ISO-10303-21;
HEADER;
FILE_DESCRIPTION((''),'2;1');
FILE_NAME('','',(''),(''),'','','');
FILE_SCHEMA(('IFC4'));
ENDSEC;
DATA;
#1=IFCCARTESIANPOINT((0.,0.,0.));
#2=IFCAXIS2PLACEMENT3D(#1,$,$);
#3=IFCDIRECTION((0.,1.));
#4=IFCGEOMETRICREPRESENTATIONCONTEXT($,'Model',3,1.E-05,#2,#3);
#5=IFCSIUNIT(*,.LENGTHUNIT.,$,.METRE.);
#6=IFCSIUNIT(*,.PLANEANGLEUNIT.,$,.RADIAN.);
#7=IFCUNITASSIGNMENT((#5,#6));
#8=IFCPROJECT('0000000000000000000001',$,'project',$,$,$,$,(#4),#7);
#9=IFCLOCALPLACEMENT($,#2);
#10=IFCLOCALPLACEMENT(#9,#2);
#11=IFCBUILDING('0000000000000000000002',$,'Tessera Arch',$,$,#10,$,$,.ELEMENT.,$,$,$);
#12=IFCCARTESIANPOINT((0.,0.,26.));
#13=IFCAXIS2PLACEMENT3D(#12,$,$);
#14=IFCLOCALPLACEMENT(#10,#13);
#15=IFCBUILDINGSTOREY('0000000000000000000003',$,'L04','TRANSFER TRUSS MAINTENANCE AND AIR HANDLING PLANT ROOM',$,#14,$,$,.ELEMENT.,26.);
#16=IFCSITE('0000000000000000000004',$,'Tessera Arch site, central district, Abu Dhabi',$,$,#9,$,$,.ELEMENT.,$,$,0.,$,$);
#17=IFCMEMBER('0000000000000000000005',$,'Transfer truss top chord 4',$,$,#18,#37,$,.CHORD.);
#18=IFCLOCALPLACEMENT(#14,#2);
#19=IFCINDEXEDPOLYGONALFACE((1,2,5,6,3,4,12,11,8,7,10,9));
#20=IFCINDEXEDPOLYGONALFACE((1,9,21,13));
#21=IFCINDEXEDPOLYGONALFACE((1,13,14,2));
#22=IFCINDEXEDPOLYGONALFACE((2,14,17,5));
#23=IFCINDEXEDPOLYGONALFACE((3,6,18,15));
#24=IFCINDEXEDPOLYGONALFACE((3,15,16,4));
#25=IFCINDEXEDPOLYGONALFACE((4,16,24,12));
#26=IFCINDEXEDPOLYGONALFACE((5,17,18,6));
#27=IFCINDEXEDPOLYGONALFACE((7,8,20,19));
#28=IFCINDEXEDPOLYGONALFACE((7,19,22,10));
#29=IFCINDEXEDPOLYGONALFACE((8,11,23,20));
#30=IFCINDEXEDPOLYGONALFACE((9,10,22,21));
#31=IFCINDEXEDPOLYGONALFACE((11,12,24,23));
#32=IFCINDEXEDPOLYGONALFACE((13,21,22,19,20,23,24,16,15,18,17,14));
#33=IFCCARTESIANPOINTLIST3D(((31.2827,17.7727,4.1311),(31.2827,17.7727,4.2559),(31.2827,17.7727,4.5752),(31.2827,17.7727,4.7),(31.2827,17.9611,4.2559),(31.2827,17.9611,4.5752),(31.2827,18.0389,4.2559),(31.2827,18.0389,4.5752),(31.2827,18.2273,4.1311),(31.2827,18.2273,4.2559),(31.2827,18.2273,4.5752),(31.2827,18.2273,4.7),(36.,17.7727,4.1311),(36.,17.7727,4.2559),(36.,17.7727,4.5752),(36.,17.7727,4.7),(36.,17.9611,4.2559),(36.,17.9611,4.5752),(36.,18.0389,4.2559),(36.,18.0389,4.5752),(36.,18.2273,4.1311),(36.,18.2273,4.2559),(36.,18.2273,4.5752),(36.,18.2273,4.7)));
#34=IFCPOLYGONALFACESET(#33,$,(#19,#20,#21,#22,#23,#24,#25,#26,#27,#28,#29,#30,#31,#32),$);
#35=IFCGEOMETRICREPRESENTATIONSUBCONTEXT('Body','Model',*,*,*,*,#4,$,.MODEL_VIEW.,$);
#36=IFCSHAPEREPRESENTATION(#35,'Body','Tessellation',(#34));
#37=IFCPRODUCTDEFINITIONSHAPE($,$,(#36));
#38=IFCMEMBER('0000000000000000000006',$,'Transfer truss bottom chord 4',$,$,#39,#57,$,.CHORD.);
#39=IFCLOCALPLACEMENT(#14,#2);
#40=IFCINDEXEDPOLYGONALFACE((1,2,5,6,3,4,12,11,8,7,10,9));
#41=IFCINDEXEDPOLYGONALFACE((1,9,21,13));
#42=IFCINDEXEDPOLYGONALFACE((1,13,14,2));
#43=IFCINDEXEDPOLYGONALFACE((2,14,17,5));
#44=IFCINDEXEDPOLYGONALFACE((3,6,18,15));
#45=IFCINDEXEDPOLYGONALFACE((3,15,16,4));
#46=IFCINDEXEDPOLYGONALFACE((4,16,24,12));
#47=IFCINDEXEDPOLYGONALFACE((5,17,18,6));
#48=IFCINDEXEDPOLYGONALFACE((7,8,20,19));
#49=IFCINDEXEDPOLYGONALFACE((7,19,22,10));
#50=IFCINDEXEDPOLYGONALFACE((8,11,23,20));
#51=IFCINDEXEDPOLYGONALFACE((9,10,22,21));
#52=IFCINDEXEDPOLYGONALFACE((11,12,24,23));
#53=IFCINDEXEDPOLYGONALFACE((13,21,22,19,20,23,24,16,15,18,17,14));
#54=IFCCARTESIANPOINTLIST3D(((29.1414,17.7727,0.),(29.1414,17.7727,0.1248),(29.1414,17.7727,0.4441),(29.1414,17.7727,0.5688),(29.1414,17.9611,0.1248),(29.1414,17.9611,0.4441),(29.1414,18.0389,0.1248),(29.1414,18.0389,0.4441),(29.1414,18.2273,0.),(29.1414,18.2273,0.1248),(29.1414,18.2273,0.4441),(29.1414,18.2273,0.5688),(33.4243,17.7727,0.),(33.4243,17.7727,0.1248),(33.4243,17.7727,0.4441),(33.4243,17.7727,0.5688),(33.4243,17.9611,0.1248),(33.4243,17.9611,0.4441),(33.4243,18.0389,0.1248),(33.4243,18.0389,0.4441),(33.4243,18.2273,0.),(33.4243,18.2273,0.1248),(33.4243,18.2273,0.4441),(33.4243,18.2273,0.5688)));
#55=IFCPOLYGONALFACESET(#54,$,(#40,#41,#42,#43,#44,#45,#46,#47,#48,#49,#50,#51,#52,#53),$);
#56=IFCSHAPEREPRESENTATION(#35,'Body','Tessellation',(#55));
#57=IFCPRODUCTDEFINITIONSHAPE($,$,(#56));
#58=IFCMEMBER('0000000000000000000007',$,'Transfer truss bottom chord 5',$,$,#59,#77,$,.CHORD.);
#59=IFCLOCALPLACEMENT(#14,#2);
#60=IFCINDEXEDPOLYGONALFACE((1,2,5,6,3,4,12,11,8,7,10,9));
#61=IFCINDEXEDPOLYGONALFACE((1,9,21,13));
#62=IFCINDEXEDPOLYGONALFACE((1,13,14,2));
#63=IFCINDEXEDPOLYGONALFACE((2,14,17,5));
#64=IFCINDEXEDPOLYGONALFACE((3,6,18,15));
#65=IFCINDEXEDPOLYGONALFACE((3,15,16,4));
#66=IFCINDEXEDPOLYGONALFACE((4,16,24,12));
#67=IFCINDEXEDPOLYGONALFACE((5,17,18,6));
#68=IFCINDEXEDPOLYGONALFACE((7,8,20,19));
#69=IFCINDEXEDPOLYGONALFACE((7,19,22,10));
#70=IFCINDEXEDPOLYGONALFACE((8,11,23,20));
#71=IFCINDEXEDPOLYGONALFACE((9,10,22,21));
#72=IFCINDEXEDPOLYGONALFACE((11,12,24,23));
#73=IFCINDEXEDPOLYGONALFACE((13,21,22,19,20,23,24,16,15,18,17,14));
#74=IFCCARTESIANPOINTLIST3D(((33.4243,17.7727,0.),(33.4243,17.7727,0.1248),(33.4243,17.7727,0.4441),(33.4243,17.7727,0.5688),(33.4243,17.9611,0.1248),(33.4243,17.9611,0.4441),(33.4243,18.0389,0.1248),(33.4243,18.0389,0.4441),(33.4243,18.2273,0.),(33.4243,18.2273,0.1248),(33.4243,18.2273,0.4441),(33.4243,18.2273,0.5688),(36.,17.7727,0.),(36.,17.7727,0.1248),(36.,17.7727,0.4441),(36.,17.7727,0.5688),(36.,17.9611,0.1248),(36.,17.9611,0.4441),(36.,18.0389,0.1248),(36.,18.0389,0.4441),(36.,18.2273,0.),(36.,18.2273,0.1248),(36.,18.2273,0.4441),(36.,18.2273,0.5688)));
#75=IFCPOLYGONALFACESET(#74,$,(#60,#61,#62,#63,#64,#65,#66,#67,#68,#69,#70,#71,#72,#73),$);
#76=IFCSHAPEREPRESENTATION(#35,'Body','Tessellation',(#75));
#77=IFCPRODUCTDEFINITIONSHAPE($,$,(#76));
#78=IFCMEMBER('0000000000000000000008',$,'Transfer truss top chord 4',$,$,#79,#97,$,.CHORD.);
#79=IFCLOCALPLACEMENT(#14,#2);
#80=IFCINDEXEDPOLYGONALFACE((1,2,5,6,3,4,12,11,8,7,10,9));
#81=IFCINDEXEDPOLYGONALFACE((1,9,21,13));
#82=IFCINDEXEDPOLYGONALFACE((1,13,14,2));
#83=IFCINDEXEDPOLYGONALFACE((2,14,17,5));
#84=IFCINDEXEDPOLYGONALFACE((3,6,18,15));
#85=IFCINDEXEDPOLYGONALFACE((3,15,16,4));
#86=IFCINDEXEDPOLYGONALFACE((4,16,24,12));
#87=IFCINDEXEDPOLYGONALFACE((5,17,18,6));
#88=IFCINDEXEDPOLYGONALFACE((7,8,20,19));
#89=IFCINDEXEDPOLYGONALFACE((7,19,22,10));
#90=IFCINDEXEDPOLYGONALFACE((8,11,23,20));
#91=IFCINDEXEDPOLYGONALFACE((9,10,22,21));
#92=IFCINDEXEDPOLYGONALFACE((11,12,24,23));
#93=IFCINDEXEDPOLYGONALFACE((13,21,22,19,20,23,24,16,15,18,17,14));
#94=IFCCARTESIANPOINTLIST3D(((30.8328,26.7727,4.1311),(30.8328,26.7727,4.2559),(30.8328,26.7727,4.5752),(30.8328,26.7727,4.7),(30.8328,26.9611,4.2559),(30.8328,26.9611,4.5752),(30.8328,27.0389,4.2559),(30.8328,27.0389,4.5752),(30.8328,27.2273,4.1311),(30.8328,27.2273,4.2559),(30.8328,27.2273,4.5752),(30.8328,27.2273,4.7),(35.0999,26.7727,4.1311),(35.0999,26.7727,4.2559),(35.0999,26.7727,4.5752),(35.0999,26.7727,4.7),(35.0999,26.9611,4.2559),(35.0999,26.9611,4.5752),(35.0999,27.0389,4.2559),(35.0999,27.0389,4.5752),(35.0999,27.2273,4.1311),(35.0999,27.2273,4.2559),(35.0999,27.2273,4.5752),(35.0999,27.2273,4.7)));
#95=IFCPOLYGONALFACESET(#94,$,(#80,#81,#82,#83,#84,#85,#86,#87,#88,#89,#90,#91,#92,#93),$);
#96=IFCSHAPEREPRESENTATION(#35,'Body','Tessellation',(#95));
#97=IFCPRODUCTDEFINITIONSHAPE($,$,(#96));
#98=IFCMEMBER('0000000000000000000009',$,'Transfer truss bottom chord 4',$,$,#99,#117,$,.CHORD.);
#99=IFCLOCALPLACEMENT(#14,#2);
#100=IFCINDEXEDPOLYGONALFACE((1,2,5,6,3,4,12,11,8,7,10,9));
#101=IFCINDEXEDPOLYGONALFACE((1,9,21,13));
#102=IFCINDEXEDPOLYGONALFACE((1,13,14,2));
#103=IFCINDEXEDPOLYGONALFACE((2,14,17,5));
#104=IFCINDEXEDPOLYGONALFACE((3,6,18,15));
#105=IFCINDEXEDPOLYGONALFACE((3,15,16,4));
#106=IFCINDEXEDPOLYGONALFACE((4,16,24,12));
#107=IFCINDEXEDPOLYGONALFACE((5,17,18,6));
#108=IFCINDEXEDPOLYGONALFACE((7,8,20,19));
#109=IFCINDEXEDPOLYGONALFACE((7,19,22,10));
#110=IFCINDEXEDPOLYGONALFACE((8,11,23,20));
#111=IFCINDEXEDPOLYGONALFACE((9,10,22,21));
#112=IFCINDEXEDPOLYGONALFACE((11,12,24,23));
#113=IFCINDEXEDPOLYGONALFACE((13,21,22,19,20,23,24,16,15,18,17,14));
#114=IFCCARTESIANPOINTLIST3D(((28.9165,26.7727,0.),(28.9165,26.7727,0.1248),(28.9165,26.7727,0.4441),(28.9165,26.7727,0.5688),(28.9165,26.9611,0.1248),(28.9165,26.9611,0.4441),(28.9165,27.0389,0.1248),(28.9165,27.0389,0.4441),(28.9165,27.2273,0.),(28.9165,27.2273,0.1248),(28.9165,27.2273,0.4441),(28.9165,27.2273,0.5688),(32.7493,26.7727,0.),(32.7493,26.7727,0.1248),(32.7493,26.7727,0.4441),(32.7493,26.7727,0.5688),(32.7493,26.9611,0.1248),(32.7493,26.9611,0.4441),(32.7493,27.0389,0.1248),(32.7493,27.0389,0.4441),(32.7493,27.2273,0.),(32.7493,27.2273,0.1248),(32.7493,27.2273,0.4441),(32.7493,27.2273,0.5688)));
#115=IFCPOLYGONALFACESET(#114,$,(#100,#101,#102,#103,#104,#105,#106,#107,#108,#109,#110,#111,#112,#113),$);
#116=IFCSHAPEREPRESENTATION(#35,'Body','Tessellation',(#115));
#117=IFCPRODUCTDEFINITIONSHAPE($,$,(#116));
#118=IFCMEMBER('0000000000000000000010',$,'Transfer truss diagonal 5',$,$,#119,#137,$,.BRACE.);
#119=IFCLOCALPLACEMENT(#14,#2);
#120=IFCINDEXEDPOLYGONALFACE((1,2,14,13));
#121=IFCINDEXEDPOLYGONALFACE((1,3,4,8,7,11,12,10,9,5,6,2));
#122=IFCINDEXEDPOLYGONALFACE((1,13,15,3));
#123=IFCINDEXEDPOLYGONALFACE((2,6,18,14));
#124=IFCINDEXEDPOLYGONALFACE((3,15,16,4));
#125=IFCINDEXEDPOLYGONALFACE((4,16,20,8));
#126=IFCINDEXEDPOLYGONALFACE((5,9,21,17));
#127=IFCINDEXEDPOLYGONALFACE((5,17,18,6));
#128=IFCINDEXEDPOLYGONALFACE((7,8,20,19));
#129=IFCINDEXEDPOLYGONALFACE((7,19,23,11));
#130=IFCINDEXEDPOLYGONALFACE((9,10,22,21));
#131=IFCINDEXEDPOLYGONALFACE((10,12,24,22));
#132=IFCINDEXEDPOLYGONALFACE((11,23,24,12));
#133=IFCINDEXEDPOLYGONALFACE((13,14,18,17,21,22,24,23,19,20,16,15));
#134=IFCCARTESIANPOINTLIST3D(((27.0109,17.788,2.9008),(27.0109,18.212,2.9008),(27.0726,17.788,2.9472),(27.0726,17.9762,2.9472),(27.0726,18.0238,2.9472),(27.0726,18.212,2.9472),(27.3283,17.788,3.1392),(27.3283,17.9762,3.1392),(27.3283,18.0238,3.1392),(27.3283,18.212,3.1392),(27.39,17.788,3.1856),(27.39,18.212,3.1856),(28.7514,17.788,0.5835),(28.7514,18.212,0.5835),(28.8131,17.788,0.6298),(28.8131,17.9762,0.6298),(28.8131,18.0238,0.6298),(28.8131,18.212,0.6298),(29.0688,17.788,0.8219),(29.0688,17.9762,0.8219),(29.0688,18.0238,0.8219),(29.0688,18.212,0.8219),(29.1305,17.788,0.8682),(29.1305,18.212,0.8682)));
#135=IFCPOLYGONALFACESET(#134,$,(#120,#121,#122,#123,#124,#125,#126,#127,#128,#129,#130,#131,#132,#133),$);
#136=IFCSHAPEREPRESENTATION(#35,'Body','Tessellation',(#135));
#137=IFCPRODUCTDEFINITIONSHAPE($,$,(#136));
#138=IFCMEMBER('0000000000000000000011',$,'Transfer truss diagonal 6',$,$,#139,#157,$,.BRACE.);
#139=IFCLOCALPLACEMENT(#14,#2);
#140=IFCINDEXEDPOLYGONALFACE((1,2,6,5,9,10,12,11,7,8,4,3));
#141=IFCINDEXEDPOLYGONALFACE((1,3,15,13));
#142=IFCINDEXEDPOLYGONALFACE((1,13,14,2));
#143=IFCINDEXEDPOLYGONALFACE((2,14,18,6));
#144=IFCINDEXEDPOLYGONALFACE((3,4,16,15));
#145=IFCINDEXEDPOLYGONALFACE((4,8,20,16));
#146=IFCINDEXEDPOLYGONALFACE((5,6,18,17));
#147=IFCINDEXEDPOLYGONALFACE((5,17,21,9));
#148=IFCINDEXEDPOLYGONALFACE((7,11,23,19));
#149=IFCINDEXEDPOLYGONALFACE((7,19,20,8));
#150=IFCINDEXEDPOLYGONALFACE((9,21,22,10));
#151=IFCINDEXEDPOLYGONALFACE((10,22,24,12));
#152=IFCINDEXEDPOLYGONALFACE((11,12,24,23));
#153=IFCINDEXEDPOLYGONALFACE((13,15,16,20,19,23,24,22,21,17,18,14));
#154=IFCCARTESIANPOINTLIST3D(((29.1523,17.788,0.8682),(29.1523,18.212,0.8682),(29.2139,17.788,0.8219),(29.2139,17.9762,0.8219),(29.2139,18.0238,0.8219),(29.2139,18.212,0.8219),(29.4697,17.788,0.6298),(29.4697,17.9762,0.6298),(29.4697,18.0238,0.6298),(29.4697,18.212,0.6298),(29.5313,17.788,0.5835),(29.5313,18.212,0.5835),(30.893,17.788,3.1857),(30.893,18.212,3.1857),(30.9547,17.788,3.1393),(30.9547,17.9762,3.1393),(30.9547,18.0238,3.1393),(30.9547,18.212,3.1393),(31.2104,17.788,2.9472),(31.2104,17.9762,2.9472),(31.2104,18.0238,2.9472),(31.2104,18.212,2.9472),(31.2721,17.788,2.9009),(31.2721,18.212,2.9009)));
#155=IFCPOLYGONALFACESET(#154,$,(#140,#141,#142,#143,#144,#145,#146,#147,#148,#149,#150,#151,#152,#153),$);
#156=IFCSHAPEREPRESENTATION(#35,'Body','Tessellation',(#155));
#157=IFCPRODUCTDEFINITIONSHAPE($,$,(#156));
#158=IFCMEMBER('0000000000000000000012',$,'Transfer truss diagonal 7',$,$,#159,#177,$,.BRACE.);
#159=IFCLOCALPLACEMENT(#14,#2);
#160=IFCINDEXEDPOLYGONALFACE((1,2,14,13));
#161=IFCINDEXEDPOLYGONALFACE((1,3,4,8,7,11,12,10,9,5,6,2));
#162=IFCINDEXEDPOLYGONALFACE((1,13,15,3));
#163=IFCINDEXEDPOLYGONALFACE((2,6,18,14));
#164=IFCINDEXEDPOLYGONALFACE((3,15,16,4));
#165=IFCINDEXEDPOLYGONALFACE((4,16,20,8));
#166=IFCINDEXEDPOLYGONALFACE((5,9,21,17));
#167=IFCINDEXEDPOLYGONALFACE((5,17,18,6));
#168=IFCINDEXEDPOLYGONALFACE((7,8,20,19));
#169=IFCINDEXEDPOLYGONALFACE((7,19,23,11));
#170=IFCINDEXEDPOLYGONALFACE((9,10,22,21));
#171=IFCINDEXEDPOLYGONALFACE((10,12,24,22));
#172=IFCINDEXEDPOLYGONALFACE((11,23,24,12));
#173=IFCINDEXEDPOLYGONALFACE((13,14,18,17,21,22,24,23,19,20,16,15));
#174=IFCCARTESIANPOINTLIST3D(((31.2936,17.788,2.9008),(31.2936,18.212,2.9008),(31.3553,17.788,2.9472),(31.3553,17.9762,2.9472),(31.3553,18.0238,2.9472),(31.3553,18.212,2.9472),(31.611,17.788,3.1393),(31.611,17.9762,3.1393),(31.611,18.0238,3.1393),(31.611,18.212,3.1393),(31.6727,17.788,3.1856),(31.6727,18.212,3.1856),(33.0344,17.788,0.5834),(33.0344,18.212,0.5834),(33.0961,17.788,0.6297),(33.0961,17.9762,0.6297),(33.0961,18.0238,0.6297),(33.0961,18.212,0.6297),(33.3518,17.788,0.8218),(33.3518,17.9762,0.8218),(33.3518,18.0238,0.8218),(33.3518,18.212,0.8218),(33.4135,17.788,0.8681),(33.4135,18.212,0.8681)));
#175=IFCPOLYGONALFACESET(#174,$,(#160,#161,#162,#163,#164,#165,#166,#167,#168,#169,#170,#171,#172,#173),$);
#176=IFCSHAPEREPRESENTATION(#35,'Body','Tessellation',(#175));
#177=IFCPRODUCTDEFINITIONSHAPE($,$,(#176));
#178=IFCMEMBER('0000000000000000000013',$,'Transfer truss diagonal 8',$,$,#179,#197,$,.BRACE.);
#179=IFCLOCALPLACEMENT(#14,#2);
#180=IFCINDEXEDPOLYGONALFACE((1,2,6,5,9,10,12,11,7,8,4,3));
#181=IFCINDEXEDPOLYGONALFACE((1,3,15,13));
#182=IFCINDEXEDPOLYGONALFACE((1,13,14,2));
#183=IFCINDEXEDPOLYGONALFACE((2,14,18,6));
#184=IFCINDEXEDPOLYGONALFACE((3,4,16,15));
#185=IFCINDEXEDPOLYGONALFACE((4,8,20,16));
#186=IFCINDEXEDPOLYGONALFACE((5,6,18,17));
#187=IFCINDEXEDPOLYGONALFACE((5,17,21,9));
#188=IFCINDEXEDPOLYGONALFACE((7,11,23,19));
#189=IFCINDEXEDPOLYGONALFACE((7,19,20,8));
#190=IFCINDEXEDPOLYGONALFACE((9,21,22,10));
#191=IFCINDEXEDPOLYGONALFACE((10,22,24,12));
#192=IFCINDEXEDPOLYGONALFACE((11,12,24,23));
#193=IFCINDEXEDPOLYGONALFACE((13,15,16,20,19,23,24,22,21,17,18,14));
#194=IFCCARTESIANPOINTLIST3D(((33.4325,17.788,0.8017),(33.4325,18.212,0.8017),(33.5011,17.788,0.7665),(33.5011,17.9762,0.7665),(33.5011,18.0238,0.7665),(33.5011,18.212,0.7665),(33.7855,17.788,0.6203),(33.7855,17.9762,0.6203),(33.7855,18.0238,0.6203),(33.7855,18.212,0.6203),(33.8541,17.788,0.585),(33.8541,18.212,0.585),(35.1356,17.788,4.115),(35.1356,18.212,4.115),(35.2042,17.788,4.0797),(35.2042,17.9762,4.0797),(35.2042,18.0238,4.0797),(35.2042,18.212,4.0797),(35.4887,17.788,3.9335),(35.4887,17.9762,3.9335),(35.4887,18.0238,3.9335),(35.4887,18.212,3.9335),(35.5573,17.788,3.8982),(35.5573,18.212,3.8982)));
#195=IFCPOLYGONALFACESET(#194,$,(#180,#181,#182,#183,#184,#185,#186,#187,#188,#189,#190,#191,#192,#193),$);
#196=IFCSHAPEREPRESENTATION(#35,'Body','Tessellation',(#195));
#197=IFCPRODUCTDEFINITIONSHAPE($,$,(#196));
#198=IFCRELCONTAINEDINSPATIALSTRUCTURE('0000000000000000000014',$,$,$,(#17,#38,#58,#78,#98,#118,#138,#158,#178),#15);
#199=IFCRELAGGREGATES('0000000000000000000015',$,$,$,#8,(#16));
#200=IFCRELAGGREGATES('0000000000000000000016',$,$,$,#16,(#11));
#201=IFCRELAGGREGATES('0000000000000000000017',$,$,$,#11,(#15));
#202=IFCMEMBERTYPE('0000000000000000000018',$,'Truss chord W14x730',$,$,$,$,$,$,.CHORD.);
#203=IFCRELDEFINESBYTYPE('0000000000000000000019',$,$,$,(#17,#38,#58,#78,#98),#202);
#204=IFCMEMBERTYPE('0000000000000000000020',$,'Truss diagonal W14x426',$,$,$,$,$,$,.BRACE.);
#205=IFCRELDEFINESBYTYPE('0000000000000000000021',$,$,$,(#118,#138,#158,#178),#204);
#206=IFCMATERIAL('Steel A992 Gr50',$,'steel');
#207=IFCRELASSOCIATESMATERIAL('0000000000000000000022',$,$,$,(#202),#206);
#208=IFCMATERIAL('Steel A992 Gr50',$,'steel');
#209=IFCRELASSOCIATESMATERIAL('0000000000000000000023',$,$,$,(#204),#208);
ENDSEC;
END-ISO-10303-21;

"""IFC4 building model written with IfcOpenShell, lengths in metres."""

from ifc_helpers import new_model, si_unit, direction, frame, origin, origin_2d, place, context, subcontext, project, spatial, i_section, extrude, material, material_profile, profile_set, type_object, element, save


model = new_model("IFC4")

# Units and contexts
model_context = context("Model", 3, precision=1e-05, world=origin(), true_north=direction((0.0, 1.0)))
body_context = subcontext(model_context, "Body", "Model", "MODEL_VIEW")
ifc_project = project(units=[si_unit("LENGTHUNIT", "METRE"), si_unit("PLANEANGLEUNIT", "RADIAN")], contexts=[model_context])

# Site, building, storey
site_placement = place(None, origin())
site = spatial("IfcSite", under=ifc_project, at=site_placement, Name="Tessera Arch site, central district, Abu Dhabi", CompositionType="ELEMENT", RefElevation=0.0)
building_placement = place(site_placement, origin())
building = spatial("IfcBuilding", under=site, at=building_placement, Name="Tessera Arch", CompositionType="ELEMENT")
storey_placement = place(building_placement, frame((0.0, 0.0, 26.0)))
storey = spatial("IfcBuildingStorey", under=building, at=storey_placement, Name="L04", Description="TRANSFER TRUSS MAINTENANCE AND AIR HANDLING PLANT ROOM", CompositionType="ELEMENT", Elevation=26.0)

# Members
ifc_material_1 = material(Name="Steel A992 Gr50", Category="steel")
ifc_material_profile_1 = material_profile(ifc_material_1, i_section(OverallWidth=0.4546, OverallDepth=0.5688, WebThickness=0.0779, FlangeThickness=0.1248, at=origin_2d()), Name="W14x730")
ifc_profile_set_1 = profile_set([ifc_material_profile_1], Name="Steel A992 Gr50")
member_type_1 = type_object("IfcMemberType", Name="Truss chord W14x730", PredefinedType="CHORD", material=ifc_profile_set_1)
member_1_placement = place(storey_placement, frame((31.2827, 18.0, 4.4155), z_axis=(1.0, 0.0, 0.0), x_axis=(0.0, 1.0, 0.0)))
element("IfcMember", 1, at=member_1_placement, inside=storey, type_object=member_type_1, Name="Transfer truss top chord 4", PredefinedType="CHORD", context=body_context, shape_type="SweptSolid", body=[
    extrude(i_section(OverallWidth=0.4546, OverallDepth=0.5688, WebThickness=0.0779, FlangeThickness=0.1248, at=origin_2d()), origin(), (0.0, 0.0, 1.0), 4.7173),
])
member_2_placement = place(storey_placement, frame((29.1414, 18.0, 0.2844), z_axis=(1.0, 0.0, 0.0), x_axis=(0.0, 1.0, 0.0)))
element("IfcMember", 2, at=member_2_placement, inside=storey, type_object=member_type_1, Name="Transfer truss bottom chord 4", PredefinedType="CHORD", context=body_context, shape_type="SweptSolid", body=[
    extrude(i_section(OverallWidth=0.4546, OverallDepth=0.5688, WebThickness=0.0779, FlangeThickness=0.1248, at=origin_2d()), origin(), (0.0, 0.0, 1.0), 4.283),
])
member_3_placement = place(storey_placement, frame((33.4243, 18.0, 0.2844), z_axis=(1.0, 0.0, 0.0), x_axis=(0.0, 1.0, 0.0)))
element("IfcMember", 3, at=member_3_placement, inside=storey, type_object=member_type_1, Name="Transfer truss bottom chord 5", PredefinedType="CHORD", context=body_context, shape_type="SweptSolid", body=[
    extrude(i_section(OverallWidth=0.4546, OverallDepth=0.5688, WebThickness=0.0779, FlangeThickness=0.1248, at=origin_2d()), origin(), (0.0, 0.0, 1.0), 2.5757),
])
member_4_placement = place(storey_placement, frame((30.8328, 27.0, 4.4155), z_axis=(1.0, 0.0, 0.0), x_axis=(0.0, 1.0, 0.0)))
element("IfcMember", 4, at=member_4_placement, inside=storey, type_object=member_type_1, Name="Transfer truss top chord 4", PredefinedType="CHORD", context=body_context, shape_type="SweptSolid", body=[
    extrude(i_section(OverallWidth=0.4546, OverallDepth=0.5688, WebThickness=0.0779, FlangeThickness=0.1248, at=origin_2d()), origin(), (0.0, 0.0, 1.0), 4.2671),
])
member_5_placement = place(storey_placement, frame((28.9165, 27.0, 0.2844), z_axis=(1.0, 0.0, 0.0), x_axis=(0.0, 1.0, 0.0)))
element("IfcMember", 5, at=member_5_placement, inside=storey, type_object=member_type_1, Name="Transfer truss bottom chord 4", PredefinedType="CHORD", context=body_context, shape_type="SweptSolid", body=[
    extrude(i_section(OverallWidth=0.4546, OverallDepth=0.5688, WebThickness=0.0779, FlangeThickness=0.1248, at=origin_2d()), origin(), (0.0, 0.0, 1.0), 3.8328),
])
ifc_material_2 = material(Name="Steel A992 Gr50", Category="steel")
ifc_material_profile_2 = material_profile(ifc_material_2, i_section(OverallWidth=0.4241, OverallDepth=0.4741, WebThickness=0.0476, FlangeThickness=0.0771, at=origin_2d()), Name="W14x426")
ifc_profile_set_2 = profile_set([ifc_material_profile_2], Name="Steel A992 Gr50")
member_type_2 = type_object("IfcMemberType", Name="Truss diagonal W14x426", PredefinedType="BRACE", material=ifc_profile_set_2)
member_6_placement = place(storey_placement, frame((27.2004, 18.0, 3.0432), z_axis=(0.600539, 0.0, -0.799595), x_axis=(0.0, 1.0, 0.0)))
element("IfcMember", 6, at=member_6_placement, inside=storey, type_object=member_type_2, Name="Transfer truss diagonal 5", PredefinedType="BRACE", context=body_context, shape_type="SweptSolid", body=[
    extrude(i_section(OverallWidth=0.4241, OverallDepth=0.4741, WebThickness=0.0476, FlangeThickness=0.0771, at=origin_2d()), origin(), (0.0, 0.0, 1.0), 2.8982),
])
for number, where, z_axis, x_axis, name in (
    (7, (29.3418, 18.0, 0.7258), (0.600593, 0.0, 0.799555), (0.0, 1.0, 0.0), "Transfer truss diagonal 6"),
    (8, (31.4832, 18.0, 3.0432), (0.600593, 0.0, -0.799555), (0.0, 1.0, 0.0), "Transfer truss diagonal 7"),
):
    element("IfcMember", number, at=place(storey_placement, frame(where, z_axis=z_axis, x_axis=x_axis)), inside=storey, type_object=member_type_2, Name=name, PredefinedType="BRACE", context=body_context, shape_type="SweptSolid", body=[
        extrude(i_section(OverallWidth=0.4241, OverallDepth=0.4741, WebThickness=0.0476, FlangeThickness=0.0771, at=origin_2d()), origin(), (0.0, 0.0, 1.0), 2.8984),
    ])
member_7_placement = place(storey_placement, frame((33.6433, 18.0, 0.6934), z_axis=(0.457173, 0.0, 0.889378), x_axis=(0.0, 1.0, 0.0)))
element("IfcMember", 9, at=member_7_placement, inside=storey, type_object=member_type_2, Name="Transfer truss diagonal 8", PredefinedType="BRACE", context=body_context, shape_type="SweptSolid", body=[
    extrude(i_section(OverallWidth=0.4241, OverallDepth=0.4741, WebThickness=0.0476, FlangeThickness=0.0771, at=origin_2d()), origin(), (0.0, 0.0, 1.0), 3.7253),
])

save(model, "model.ifc")
